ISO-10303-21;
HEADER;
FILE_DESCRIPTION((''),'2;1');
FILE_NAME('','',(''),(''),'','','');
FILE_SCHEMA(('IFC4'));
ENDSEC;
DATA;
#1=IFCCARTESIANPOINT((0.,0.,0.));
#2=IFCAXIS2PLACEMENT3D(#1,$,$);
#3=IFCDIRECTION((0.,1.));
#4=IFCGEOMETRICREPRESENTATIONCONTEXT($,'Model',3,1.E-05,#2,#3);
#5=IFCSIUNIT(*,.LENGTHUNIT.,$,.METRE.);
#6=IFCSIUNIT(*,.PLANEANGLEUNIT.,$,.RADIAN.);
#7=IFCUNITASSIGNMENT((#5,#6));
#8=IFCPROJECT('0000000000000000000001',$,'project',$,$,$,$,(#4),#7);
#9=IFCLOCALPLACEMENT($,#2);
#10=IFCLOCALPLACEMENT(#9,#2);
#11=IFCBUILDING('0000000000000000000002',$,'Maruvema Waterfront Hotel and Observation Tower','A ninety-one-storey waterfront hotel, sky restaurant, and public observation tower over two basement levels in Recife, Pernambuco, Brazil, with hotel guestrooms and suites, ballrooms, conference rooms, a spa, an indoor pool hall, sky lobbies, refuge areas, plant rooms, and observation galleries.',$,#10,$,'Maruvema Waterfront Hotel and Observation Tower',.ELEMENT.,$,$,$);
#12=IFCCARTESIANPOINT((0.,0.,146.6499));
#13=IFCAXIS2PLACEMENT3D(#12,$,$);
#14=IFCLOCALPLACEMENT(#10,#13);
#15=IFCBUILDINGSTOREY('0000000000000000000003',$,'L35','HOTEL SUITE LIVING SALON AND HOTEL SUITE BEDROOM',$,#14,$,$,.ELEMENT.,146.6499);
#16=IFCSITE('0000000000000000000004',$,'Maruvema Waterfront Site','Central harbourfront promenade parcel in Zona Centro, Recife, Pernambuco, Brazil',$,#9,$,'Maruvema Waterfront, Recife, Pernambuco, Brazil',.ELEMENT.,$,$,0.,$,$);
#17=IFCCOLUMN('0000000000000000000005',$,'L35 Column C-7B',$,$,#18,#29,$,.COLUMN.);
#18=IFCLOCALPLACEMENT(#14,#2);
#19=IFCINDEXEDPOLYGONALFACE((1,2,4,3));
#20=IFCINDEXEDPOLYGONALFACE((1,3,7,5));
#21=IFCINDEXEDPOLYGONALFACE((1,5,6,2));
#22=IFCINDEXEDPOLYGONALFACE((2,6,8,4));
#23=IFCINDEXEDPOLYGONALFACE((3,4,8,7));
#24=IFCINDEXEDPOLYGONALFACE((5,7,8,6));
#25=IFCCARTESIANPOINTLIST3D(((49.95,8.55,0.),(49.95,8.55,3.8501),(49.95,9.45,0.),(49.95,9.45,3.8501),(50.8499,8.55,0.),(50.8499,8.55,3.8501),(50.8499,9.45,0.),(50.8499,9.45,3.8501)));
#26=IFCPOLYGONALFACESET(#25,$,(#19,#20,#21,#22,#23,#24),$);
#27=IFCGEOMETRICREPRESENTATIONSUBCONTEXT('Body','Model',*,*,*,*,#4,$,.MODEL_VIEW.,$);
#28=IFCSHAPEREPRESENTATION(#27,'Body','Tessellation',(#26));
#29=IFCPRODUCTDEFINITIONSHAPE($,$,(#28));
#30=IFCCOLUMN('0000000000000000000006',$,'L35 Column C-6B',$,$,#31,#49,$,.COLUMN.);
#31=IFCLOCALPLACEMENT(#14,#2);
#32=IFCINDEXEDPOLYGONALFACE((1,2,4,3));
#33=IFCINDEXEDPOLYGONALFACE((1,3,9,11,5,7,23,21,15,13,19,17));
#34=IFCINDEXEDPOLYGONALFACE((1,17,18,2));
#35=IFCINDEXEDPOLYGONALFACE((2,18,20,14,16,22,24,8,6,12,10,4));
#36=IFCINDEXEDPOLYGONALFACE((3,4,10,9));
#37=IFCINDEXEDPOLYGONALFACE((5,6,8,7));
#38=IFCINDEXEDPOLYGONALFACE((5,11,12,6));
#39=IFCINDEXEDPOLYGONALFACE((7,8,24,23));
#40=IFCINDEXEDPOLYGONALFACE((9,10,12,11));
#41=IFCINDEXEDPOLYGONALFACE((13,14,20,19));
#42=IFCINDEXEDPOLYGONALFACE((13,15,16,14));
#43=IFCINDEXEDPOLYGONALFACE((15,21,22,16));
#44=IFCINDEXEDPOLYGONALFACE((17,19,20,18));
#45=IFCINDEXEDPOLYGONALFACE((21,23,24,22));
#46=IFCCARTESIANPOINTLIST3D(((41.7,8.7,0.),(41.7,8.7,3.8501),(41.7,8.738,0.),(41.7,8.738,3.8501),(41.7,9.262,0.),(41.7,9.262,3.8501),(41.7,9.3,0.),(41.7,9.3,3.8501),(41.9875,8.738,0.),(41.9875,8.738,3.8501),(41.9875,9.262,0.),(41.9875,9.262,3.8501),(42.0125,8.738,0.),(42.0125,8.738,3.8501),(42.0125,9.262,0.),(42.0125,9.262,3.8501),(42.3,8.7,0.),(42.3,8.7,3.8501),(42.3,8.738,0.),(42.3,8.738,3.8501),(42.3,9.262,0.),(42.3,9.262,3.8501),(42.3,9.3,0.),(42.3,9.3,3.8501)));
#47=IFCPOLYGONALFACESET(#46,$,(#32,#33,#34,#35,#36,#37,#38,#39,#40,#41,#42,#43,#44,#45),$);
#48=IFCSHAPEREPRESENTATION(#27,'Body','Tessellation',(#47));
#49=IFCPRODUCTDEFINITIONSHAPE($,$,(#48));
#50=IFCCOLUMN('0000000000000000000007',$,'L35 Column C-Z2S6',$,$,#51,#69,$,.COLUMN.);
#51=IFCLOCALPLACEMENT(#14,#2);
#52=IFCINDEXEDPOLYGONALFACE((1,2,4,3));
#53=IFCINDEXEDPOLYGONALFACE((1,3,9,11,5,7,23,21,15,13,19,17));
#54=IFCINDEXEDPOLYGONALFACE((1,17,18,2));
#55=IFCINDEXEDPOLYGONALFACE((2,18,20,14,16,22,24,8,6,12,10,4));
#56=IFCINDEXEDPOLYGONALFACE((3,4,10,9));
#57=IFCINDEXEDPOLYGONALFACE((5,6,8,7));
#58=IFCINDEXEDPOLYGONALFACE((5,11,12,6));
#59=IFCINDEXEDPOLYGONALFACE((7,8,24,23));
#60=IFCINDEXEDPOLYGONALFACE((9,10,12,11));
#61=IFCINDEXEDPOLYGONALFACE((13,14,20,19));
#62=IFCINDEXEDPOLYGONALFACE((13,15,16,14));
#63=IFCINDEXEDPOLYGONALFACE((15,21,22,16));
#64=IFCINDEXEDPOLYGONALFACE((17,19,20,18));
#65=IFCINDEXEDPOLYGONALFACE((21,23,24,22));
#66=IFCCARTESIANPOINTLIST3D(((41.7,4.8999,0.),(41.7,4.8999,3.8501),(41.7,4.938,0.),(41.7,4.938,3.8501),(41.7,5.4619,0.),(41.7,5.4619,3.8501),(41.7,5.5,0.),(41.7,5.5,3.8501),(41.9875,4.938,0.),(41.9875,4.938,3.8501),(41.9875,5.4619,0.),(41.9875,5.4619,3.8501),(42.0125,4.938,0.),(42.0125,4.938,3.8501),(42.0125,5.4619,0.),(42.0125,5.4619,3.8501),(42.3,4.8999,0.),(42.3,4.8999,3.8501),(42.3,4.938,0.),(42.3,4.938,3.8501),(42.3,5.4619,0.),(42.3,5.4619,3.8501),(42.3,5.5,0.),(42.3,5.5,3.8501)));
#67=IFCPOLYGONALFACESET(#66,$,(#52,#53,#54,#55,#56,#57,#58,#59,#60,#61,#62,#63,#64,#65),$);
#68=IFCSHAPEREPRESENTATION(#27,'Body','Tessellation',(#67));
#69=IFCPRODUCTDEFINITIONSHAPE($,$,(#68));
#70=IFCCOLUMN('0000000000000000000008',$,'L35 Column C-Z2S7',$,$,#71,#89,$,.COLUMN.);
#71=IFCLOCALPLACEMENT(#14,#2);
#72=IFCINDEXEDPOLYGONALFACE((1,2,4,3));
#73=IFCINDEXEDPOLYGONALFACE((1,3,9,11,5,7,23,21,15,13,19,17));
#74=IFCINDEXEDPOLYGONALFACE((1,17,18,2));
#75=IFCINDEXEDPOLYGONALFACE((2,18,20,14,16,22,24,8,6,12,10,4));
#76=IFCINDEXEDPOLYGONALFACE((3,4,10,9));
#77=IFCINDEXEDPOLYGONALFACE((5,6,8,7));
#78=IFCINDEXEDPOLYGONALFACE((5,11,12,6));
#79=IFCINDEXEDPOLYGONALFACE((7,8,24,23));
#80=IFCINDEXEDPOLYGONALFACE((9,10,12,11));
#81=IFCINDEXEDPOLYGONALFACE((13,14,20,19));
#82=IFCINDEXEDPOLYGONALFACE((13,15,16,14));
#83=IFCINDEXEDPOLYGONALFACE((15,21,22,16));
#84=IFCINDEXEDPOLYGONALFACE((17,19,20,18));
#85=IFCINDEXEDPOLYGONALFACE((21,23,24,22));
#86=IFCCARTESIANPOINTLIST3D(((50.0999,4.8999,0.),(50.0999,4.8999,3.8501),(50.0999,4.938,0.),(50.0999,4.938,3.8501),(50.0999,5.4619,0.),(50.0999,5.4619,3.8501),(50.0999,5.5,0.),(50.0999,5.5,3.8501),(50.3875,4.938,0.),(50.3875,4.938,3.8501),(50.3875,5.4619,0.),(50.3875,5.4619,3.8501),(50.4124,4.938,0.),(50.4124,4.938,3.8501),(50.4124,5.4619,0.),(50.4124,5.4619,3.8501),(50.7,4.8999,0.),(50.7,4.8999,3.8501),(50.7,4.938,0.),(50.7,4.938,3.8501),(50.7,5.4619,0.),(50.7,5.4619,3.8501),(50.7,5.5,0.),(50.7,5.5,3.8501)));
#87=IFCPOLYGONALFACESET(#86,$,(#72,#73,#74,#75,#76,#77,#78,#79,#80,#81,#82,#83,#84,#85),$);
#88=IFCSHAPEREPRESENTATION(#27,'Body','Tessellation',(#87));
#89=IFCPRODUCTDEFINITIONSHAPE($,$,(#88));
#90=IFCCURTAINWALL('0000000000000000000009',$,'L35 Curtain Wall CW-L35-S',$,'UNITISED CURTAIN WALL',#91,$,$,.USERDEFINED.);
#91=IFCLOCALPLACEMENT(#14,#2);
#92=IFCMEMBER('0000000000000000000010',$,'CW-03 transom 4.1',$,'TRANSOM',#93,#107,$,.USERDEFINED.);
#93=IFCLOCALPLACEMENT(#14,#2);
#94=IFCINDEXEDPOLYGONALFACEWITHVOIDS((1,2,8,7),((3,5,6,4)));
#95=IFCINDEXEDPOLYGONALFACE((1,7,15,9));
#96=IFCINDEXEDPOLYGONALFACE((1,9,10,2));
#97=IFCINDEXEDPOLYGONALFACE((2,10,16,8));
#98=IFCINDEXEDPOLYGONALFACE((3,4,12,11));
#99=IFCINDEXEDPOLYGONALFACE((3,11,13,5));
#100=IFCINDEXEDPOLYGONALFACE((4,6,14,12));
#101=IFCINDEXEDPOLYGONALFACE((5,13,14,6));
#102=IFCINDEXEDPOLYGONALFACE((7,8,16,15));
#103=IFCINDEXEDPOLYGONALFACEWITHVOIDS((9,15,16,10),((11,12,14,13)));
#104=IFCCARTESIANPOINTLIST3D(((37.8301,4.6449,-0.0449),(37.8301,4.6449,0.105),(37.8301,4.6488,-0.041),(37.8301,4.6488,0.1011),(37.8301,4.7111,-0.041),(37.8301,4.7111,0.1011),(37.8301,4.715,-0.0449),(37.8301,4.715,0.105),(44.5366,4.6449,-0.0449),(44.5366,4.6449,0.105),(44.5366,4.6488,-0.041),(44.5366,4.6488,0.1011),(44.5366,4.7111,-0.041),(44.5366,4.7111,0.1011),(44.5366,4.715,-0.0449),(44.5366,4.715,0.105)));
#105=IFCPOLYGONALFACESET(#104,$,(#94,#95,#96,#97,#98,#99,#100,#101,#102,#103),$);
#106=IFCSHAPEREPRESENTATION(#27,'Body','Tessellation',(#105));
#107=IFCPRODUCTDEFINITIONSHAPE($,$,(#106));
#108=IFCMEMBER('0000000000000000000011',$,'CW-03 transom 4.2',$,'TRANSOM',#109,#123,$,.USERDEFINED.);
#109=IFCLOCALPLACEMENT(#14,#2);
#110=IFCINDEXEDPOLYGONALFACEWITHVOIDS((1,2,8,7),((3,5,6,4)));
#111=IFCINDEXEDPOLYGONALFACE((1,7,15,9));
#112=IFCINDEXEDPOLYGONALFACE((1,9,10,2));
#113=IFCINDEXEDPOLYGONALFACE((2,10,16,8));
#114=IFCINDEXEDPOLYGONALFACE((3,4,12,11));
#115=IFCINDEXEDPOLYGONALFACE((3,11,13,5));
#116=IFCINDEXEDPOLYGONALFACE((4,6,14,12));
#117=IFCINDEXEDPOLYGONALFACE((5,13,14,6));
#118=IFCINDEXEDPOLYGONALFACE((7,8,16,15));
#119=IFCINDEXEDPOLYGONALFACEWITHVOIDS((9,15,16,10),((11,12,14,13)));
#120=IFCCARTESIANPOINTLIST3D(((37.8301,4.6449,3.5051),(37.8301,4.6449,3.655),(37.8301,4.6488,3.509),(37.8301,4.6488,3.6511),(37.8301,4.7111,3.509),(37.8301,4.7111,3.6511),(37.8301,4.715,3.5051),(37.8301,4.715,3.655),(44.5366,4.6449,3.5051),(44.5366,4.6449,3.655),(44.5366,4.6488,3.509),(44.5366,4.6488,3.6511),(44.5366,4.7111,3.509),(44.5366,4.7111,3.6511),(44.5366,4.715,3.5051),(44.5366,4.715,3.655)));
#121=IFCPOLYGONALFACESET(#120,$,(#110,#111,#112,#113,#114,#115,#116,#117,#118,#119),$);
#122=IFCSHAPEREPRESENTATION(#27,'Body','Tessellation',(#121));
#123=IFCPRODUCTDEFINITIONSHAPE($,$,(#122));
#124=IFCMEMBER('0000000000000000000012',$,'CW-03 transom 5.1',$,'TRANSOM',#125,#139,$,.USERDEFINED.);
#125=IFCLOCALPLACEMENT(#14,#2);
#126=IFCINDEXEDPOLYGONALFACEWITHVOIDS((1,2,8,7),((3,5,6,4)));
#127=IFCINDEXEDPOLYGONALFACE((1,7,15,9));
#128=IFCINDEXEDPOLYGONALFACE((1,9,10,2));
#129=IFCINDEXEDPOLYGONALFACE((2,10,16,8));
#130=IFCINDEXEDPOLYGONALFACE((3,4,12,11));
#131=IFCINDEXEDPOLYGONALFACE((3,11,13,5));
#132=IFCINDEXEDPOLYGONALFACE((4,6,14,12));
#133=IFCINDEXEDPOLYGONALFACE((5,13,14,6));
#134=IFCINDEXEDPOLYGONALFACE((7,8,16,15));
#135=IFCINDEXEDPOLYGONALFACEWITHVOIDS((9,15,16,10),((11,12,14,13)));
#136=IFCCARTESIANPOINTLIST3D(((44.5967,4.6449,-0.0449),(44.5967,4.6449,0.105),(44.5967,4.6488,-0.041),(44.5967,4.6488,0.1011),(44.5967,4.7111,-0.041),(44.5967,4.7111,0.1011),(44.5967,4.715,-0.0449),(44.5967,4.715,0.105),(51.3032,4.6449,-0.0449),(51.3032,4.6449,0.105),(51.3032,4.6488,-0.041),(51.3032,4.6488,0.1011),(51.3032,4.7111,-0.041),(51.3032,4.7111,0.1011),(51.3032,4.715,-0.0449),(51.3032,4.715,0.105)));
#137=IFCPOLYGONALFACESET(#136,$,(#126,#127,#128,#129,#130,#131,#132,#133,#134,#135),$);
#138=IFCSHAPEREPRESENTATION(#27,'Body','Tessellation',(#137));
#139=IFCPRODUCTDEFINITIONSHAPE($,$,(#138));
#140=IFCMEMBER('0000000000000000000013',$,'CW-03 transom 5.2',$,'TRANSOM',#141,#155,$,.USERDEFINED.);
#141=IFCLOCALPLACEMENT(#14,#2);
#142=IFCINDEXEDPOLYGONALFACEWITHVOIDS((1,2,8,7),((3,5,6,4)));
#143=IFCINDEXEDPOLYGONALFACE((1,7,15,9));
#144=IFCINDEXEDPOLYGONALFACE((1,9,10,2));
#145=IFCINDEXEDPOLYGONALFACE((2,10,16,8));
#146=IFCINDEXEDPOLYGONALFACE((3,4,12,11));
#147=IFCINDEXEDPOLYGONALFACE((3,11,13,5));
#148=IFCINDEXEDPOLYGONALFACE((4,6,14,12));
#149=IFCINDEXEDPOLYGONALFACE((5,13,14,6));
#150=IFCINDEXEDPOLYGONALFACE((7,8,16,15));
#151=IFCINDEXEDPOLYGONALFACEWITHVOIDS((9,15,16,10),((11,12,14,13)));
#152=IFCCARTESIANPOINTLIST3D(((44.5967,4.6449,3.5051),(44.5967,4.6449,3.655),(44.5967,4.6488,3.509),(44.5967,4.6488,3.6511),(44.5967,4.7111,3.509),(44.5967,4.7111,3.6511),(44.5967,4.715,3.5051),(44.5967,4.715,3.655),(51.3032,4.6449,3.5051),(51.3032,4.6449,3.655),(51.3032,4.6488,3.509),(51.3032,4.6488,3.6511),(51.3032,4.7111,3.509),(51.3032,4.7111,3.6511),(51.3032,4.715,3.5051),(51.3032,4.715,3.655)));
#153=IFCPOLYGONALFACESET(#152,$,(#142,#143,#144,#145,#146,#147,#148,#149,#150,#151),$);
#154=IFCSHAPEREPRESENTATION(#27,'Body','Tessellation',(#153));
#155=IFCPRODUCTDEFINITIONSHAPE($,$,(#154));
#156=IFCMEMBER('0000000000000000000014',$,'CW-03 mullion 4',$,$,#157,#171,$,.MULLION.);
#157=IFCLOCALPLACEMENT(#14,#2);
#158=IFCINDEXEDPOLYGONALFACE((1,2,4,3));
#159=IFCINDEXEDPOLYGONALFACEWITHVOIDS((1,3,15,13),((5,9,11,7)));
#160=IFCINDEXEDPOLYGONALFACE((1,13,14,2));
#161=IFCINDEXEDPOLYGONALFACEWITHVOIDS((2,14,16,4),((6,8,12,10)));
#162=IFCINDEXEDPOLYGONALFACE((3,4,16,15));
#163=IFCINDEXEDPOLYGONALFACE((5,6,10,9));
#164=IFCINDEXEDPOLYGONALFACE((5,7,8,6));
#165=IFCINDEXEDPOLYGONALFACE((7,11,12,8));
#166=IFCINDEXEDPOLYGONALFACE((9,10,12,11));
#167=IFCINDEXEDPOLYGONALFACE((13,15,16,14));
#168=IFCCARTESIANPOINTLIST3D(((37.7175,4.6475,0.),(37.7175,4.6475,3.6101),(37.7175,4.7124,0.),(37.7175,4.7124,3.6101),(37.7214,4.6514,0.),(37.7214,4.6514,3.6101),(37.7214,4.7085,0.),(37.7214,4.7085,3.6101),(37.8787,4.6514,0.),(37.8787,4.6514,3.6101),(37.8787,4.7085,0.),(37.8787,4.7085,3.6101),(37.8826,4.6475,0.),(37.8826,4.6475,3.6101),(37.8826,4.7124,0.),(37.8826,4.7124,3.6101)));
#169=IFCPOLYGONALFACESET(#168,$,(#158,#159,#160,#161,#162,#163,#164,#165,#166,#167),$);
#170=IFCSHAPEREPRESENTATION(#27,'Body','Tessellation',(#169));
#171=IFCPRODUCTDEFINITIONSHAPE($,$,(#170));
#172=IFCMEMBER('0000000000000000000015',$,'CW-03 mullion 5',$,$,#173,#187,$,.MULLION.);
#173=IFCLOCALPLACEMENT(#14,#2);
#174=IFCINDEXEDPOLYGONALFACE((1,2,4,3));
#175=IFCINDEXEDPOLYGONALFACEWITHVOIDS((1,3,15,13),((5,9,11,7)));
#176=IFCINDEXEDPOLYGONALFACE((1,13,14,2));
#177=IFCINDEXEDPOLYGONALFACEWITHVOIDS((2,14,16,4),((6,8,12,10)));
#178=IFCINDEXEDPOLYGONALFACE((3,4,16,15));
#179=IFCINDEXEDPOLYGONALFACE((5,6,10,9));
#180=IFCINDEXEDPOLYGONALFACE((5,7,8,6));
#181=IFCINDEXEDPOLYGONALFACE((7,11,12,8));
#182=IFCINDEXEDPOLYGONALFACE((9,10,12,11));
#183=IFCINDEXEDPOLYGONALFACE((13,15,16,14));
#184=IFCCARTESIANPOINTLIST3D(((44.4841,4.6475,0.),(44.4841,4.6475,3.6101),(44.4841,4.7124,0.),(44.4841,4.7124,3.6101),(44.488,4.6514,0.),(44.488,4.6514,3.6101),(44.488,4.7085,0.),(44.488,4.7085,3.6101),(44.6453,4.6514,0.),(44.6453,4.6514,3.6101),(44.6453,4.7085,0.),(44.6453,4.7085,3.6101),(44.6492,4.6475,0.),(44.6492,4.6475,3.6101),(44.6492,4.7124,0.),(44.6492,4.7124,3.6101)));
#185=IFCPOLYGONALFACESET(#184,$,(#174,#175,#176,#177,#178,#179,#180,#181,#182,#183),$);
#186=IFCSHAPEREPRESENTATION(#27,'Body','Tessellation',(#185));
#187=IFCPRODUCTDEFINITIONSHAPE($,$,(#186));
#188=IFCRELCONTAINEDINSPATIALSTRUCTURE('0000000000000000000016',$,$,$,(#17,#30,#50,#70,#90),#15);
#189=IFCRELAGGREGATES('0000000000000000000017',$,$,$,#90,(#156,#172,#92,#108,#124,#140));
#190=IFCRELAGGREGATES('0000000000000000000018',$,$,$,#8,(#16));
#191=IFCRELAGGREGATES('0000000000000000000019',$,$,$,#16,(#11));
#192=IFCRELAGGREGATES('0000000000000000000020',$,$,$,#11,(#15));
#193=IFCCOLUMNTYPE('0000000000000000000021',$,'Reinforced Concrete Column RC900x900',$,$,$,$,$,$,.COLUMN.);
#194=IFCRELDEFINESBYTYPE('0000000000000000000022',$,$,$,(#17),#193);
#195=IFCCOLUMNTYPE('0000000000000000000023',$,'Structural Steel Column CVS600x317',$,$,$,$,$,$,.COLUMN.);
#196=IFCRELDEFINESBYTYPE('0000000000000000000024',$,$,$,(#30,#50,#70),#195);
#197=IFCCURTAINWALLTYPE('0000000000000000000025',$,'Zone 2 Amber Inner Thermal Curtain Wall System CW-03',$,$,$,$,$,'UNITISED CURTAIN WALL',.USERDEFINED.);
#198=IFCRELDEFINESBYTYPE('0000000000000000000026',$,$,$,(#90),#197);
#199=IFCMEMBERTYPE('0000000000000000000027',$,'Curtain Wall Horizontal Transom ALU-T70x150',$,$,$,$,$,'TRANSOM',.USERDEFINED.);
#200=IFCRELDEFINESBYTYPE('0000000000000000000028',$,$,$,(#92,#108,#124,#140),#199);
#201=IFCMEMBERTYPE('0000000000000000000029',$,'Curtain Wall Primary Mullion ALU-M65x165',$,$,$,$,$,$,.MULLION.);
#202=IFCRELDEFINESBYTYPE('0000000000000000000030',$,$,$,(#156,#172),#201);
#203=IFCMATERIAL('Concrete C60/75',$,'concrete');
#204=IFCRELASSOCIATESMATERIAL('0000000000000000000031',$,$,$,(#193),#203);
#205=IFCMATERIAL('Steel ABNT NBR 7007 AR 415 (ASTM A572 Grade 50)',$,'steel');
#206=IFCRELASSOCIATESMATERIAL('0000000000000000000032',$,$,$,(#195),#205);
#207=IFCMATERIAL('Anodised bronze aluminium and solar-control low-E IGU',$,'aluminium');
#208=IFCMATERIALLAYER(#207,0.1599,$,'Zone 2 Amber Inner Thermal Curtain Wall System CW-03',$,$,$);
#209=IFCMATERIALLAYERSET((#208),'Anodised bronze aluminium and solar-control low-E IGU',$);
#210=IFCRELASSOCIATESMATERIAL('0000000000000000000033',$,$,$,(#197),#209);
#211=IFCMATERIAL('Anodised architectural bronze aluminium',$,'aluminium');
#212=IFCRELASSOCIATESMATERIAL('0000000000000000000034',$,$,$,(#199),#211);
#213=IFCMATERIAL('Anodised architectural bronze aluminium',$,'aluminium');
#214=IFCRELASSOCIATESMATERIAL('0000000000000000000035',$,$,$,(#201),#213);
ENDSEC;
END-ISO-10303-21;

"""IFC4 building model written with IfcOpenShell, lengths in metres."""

from ifc_helpers import new_model, si_unit, direction, frame, origin, origin_2d, place, context, subcontext, project, spatial, rectangle, hollow_rectangle, i_section, extrude, material, layer, layer_set, material_profile, profile_set, type_object, element, aggregate, save


model = new_model("IFC4")

# Units and contexts
model_context = context("Model", 3, precision=1e-05, world=origin(), true_north=direction((0.0, 1.0)))
body_context = subcontext(model_context, "Body", "Model", "MODEL_VIEW")
ifc_project = project(units=[si_unit("LENGTHUNIT", "METRE"), si_unit("PLANEANGLEUNIT", "RADIAN")], contexts=[model_context])

# Site, building, storey
site_placement = place(None, origin())
site = spatial("IfcSite", under=ifc_project, at=site_placement, Name="Maruvema Waterfront Site", Description="Central harbourfront promenade parcel in Zona Centro, Recife, Pernambuco, Brazil", LongName="Maruvema Waterfront, Recife, Pernambuco, Brazil", CompositionType="ELEMENT", RefElevation=0.0)
building_placement = place(site_placement, origin())
building = spatial("IfcBuilding", under=site, at=building_placement, Name="Maruvema Waterfront Hotel and Observation Tower", Description="A ninety-one-storey waterfront hotel, sky restaurant, and public observation tower over two basement levels in Recife, Pernambuco, Brazil, with hotel guestrooms and suites, ballrooms, conference rooms, a spa, an indoor pool hall, sky lobbies, refuge areas, plant rooms, and observation galleries.", LongName="Maruvema Waterfront Hotel and Observation Tower", CompositionType="ELEMENT")
storey_placement = place(building_placement, frame((0.0, 0.0, 146.6499)))
storey = spatial("IfcBuildingStorey", under=building, at=storey_placement, Name="L35", Description="HOTEL SUITE LIVING SALON AND HOTEL SUITE BEDROOM", CompositionType="ELEMENT", Elevation=146.6499)

# Columns
ifc_material_1 = material(Name="Concrete C60/75", Category="concrete")
ifc_material_profile_1 = material_profile(ifc_material_1, rectangle(XDim=0.8999, YDim=0.8999, at=origin_2d()), Name="RC900x900")
ifc_profile_set_1 = profile_set([ifc_material_profile_1], Name="Concrete C60/75")
column_type_1 = type_object("IfcColumnType", Name="Reinforced Concrete Column RC900x900", PredefinedType="COLUMN", material=ifc_profile_set_1)
column_placement = place(storey_placement, frame((50.3999, 9.0, 0.0), z_axis=(0.0, 0.0, 1.0), x_axis=(1.0, 0.0, 0.0)))
element("IfcColumn", 1, at=column_placement, inside=storey, type_object=column_type_1, Name="L35 Column C-7B", PredefinedType="COLUMN", context=body_context, shape_type="SweptSolid", body=[
    extrude(rectangle(XDim=0.8999, YDim=0.8999, at=origin_2d()), origin(), (0.0, 0.0, 1.0), 3.8501),
])
ifc_material_2 = material(Name="Steel ABNT NBR 7007 AR 415 (ASTM A572 Grade 50)", Category="steel")
ifc_material_profile_2 = material_profile(ifc_material_2, i_section(OverallWidth=0.6001, OverallDepth=0.6001, WebThickness=0.0249, FlangeThickness=0.0381, at=origin_2d()), Name="CVS600x317")
ifc_profile_set_2 = profile_set([ifc_material_profile_2], Name="Steel ABNT NBR 7007 AR 415 (ASTM A572 Grade 50)")
column_type_2 = type_object("IfcColumnType", Name="Structural Steel Column CVS600x317", PredefinedType="COLUMN", material=ifc_profile_set_2)
for number, where, z_axis, x_axis, name in (
    (2, (42.0, 9.0, 0.0), (0.0, 0.0, 1.0), (1.0, 0.0, 0.0), "L35 Column C-6B"),
    (3, (42.0, 5.2, 0.0), (0.0, 0.0, 1.0), (1.0, 0.0, 0.0), "L35 Column C-Z2S6"),
    (4, (50.3999, 5.2, 0.0), (0.0, 0.0, 1.0), (1.0, 0.0, 0.0), "L35 Column C-Z2S7"),
):
    element("IfcColumn", number, at=place(storey_placement, frame(where, z_axis=z_axis, x_axis=x_axis)), inside=storey, type_object=column_type_2, Name=name, PredefinedType="COLUMN", context=body_context, shape_type="SweptSolid", body=[
        extrude(i_section(OverallWidth=0.6001, OverallDepth=0.6001, WebThickness=0.0249, FlangeThickness=0.0381, at=origin_2d()), origin(), (0.0, 0.0, 1.0), 3.8501),
    ])

# Curtain wall, members
ifc_material_3 = material(Name="Anodised bronze aluminium and solar-control low-E IGU", Category="aluminium")
ifc_layer_1 = layer(ifc_material_3, 0.1599, Name="Zone 2 Amber Inner Thermal Curtain Wall System CW-03")
ifc_layer_set_1 = layer_set([ifc_layer_1], Name="Anodised bronze aluminium and solar-control low-E IGU")
curtain_wall_type = type_object("IfcCurtainWallType", Name="Zone 2 Amber Inner Thermal Curtain Wall System CW-03", ElementType="UNITISED CURTAIN WALL", PredefinedType="USERDEFINED", material=ifc_layer_set_1)
curtain_wall_placement = place(storey_placement, origin())
curtain_wall = element("IfcCurtainWall", 5, at=curtain_wall_placement, inside=storey, type_object=curtain_wall_type, Name="L35 Curtain Wall CW-L35-S", ObjectType="UNITISED CURTAIN WALL", PredefinedType="USERDEFINED")
ifc_material_4 = material(Name="Anodised architectural bronze aluminium", Category="aluminium")
ifc_material_profile_3 = material_profile(ifc_material_4, hollow_rectangle(XDim=0.0701, YDim=0.1499, WallThickness=0.0039, at=origin_2d()), Name="ALU-T70x150")
ifc_profile_set_3 = profile_set([ifc_material_profile_3], Name="Anodised architectural bronze aluminium")
member_type_1 = type_object("IfcMemberType", Name="Curtain Wall Horizontal Transom ALU-T70x150", ElementType="TRANSOM", PredefinedType="USERDEFINED", material=ifc_profile_set_3)
member_1_placement = place(storey_placement, frame((37.8301, 4.6799, 0.03), z_axis=(1.0, 0.0, 0.0), x_axis=(0.0, 1.0, 0.0)))
member_1 = element("IfcMember", 6, at=member_1_placement, type_object=member_type_1, Name="CW-03 transom 4.1", ObjectType="TRANSOM", PredefinedType="USERDEFINED", context=body_context, shape_type="SweptSolid", body=[
    extrude(hollow_rectangle(XDim=0.0701, YDim=0.1499, WallThickness=0.0039, at=origin_2d()), origin(), (0.0, 0.0, 1.0), 6.7065),
])
member_2_placement = place(storey_placement, frame((37.8301, 4.6799, 3.5801), z_axis=(1.0, 0.0, 0.0), x_axis=(0.0, 1.0, 0.0)))
member_2 = element("IfcMember", 7, at=member_2_placement, type_object=member_type_1, Name="CW-03 transom 4.2", ObjectType="TRANSOM", PredefinedType="USERDEFINED", context=body_context, shape_type="SweptSolid", body=[
    extrude(hollow_rectangle(XDim=0.0701, YDim=0.1499, WallThickness=0.0039, at=origin_2d()), origin(), (0.0, 0.0, 1.0), 6.7065),
])
member_3_placement = place(storey_placement, frame((44.5967, 4.6799, 0.03), z_axis=(1.0, 0.0, 0.0), x_axis=(0.0, 1.0, 0.0)))
member_3 = element("IfcMember", 8, at=member_3_placement, type_object=member_type_1, Name="CW-03 transom 5.1", ObjectType="TRANSOM", PredefinedType="USERDEFINED", context=body_context, shape_type="SweptSolid", body=[
    extrude(hollow_rectangle(XDim=0.0701, YDim=0.1499, WallThickness=0.0039, at=origin_2d()), origin(), (0.0, 0.0, 1.0), 6.7065),
])
member_4_placement = place(storey_placement, frame((44.5967, 4.6799, 3.5801), z_axis=(1.0, 0.0, 0.0), x_axis=(0.0, 1.0, 0.0)))
member_4 = element("IfcMember", 9, at=member_4_placement, type_object=member_type_1, Name="CW-03 transom 5.2", ObjectType="TRANSOM", PredefinedType="USERDEFINED", context=body_context, shape_type="SweptSolid", body=[
    extrude(hollow_rectangle(XDim=0.0701, YDim=0.1499, WallThickness=0.0039, at=origin_2d()), origin(), (0.0, 0.0, 1.0), 6.7065),
])
ifc_material_5 = material(Name="Anodised architectural bronze aluminium", Category="aluminium")
ifc_material_profile_4 = material_profile(ifc_material_5, hollow_rectangle(XDim=0.0649, YDim=0.165, WallThickness=0.0039, at=origin_2d()), Name="ALU-M65x165")
ifc_profile_set_4 = profile_set([ifc_material_profile_4], Name="Anodised architectural bronze aluminium")
member_type_2 = type_object("IfcMemberType", Name="Curtain Wall Primary Mullion ALU-M65x165", PredefinedType="MULLION", material=ifc_profile_set_4)
member_5_placement = place(storey_placement, frame((37.8, 4.6799, 0.0), z_axis=(0.0, 0.0, 1.0), x_axis=(0.0, 1.0, 0.0)))
member_5 = element("IfcMember", 10, at=member_5_placement, type_object=member_type_2, Name="CW-03 mullion 4", PredefinedType="MULLION", context=body_context, shape_type="SweptSolid", body=[
    extrude(hollow_rectangle(XDim=0.0649, YDim=0.165, WallThickness=0.0039, at=origin_2d()), origin(), (0.0, 0.0, 1.0), 3.6101),
])
member_6_placement = place(storey_placement, frame((44.5667, 4.6799, 0.0), z_axis=(0.0, 0.0, 1.0), x_axis=(0.0, 1.0, 0.0)))
member_6 = element("IfcMember", 11, at=member_6_placement, type_object=member_type_2, Name="CW-03 mullion 5", PredefinedType="MULLION", context=body_context, shape_type="SweptSolid", body=[
    extrude(hollow_rectangle(XDim=0.0649, YDim=0.165, WallThickness=0.0039, at=origin_2d()), origin(), (0.0, 0.0, 1.0), 3.6101),
])

aggregate(curtain_wall, [member_5, member_6, member_1, member_2, member_3, member_4])

save(model, "model.ifc")
